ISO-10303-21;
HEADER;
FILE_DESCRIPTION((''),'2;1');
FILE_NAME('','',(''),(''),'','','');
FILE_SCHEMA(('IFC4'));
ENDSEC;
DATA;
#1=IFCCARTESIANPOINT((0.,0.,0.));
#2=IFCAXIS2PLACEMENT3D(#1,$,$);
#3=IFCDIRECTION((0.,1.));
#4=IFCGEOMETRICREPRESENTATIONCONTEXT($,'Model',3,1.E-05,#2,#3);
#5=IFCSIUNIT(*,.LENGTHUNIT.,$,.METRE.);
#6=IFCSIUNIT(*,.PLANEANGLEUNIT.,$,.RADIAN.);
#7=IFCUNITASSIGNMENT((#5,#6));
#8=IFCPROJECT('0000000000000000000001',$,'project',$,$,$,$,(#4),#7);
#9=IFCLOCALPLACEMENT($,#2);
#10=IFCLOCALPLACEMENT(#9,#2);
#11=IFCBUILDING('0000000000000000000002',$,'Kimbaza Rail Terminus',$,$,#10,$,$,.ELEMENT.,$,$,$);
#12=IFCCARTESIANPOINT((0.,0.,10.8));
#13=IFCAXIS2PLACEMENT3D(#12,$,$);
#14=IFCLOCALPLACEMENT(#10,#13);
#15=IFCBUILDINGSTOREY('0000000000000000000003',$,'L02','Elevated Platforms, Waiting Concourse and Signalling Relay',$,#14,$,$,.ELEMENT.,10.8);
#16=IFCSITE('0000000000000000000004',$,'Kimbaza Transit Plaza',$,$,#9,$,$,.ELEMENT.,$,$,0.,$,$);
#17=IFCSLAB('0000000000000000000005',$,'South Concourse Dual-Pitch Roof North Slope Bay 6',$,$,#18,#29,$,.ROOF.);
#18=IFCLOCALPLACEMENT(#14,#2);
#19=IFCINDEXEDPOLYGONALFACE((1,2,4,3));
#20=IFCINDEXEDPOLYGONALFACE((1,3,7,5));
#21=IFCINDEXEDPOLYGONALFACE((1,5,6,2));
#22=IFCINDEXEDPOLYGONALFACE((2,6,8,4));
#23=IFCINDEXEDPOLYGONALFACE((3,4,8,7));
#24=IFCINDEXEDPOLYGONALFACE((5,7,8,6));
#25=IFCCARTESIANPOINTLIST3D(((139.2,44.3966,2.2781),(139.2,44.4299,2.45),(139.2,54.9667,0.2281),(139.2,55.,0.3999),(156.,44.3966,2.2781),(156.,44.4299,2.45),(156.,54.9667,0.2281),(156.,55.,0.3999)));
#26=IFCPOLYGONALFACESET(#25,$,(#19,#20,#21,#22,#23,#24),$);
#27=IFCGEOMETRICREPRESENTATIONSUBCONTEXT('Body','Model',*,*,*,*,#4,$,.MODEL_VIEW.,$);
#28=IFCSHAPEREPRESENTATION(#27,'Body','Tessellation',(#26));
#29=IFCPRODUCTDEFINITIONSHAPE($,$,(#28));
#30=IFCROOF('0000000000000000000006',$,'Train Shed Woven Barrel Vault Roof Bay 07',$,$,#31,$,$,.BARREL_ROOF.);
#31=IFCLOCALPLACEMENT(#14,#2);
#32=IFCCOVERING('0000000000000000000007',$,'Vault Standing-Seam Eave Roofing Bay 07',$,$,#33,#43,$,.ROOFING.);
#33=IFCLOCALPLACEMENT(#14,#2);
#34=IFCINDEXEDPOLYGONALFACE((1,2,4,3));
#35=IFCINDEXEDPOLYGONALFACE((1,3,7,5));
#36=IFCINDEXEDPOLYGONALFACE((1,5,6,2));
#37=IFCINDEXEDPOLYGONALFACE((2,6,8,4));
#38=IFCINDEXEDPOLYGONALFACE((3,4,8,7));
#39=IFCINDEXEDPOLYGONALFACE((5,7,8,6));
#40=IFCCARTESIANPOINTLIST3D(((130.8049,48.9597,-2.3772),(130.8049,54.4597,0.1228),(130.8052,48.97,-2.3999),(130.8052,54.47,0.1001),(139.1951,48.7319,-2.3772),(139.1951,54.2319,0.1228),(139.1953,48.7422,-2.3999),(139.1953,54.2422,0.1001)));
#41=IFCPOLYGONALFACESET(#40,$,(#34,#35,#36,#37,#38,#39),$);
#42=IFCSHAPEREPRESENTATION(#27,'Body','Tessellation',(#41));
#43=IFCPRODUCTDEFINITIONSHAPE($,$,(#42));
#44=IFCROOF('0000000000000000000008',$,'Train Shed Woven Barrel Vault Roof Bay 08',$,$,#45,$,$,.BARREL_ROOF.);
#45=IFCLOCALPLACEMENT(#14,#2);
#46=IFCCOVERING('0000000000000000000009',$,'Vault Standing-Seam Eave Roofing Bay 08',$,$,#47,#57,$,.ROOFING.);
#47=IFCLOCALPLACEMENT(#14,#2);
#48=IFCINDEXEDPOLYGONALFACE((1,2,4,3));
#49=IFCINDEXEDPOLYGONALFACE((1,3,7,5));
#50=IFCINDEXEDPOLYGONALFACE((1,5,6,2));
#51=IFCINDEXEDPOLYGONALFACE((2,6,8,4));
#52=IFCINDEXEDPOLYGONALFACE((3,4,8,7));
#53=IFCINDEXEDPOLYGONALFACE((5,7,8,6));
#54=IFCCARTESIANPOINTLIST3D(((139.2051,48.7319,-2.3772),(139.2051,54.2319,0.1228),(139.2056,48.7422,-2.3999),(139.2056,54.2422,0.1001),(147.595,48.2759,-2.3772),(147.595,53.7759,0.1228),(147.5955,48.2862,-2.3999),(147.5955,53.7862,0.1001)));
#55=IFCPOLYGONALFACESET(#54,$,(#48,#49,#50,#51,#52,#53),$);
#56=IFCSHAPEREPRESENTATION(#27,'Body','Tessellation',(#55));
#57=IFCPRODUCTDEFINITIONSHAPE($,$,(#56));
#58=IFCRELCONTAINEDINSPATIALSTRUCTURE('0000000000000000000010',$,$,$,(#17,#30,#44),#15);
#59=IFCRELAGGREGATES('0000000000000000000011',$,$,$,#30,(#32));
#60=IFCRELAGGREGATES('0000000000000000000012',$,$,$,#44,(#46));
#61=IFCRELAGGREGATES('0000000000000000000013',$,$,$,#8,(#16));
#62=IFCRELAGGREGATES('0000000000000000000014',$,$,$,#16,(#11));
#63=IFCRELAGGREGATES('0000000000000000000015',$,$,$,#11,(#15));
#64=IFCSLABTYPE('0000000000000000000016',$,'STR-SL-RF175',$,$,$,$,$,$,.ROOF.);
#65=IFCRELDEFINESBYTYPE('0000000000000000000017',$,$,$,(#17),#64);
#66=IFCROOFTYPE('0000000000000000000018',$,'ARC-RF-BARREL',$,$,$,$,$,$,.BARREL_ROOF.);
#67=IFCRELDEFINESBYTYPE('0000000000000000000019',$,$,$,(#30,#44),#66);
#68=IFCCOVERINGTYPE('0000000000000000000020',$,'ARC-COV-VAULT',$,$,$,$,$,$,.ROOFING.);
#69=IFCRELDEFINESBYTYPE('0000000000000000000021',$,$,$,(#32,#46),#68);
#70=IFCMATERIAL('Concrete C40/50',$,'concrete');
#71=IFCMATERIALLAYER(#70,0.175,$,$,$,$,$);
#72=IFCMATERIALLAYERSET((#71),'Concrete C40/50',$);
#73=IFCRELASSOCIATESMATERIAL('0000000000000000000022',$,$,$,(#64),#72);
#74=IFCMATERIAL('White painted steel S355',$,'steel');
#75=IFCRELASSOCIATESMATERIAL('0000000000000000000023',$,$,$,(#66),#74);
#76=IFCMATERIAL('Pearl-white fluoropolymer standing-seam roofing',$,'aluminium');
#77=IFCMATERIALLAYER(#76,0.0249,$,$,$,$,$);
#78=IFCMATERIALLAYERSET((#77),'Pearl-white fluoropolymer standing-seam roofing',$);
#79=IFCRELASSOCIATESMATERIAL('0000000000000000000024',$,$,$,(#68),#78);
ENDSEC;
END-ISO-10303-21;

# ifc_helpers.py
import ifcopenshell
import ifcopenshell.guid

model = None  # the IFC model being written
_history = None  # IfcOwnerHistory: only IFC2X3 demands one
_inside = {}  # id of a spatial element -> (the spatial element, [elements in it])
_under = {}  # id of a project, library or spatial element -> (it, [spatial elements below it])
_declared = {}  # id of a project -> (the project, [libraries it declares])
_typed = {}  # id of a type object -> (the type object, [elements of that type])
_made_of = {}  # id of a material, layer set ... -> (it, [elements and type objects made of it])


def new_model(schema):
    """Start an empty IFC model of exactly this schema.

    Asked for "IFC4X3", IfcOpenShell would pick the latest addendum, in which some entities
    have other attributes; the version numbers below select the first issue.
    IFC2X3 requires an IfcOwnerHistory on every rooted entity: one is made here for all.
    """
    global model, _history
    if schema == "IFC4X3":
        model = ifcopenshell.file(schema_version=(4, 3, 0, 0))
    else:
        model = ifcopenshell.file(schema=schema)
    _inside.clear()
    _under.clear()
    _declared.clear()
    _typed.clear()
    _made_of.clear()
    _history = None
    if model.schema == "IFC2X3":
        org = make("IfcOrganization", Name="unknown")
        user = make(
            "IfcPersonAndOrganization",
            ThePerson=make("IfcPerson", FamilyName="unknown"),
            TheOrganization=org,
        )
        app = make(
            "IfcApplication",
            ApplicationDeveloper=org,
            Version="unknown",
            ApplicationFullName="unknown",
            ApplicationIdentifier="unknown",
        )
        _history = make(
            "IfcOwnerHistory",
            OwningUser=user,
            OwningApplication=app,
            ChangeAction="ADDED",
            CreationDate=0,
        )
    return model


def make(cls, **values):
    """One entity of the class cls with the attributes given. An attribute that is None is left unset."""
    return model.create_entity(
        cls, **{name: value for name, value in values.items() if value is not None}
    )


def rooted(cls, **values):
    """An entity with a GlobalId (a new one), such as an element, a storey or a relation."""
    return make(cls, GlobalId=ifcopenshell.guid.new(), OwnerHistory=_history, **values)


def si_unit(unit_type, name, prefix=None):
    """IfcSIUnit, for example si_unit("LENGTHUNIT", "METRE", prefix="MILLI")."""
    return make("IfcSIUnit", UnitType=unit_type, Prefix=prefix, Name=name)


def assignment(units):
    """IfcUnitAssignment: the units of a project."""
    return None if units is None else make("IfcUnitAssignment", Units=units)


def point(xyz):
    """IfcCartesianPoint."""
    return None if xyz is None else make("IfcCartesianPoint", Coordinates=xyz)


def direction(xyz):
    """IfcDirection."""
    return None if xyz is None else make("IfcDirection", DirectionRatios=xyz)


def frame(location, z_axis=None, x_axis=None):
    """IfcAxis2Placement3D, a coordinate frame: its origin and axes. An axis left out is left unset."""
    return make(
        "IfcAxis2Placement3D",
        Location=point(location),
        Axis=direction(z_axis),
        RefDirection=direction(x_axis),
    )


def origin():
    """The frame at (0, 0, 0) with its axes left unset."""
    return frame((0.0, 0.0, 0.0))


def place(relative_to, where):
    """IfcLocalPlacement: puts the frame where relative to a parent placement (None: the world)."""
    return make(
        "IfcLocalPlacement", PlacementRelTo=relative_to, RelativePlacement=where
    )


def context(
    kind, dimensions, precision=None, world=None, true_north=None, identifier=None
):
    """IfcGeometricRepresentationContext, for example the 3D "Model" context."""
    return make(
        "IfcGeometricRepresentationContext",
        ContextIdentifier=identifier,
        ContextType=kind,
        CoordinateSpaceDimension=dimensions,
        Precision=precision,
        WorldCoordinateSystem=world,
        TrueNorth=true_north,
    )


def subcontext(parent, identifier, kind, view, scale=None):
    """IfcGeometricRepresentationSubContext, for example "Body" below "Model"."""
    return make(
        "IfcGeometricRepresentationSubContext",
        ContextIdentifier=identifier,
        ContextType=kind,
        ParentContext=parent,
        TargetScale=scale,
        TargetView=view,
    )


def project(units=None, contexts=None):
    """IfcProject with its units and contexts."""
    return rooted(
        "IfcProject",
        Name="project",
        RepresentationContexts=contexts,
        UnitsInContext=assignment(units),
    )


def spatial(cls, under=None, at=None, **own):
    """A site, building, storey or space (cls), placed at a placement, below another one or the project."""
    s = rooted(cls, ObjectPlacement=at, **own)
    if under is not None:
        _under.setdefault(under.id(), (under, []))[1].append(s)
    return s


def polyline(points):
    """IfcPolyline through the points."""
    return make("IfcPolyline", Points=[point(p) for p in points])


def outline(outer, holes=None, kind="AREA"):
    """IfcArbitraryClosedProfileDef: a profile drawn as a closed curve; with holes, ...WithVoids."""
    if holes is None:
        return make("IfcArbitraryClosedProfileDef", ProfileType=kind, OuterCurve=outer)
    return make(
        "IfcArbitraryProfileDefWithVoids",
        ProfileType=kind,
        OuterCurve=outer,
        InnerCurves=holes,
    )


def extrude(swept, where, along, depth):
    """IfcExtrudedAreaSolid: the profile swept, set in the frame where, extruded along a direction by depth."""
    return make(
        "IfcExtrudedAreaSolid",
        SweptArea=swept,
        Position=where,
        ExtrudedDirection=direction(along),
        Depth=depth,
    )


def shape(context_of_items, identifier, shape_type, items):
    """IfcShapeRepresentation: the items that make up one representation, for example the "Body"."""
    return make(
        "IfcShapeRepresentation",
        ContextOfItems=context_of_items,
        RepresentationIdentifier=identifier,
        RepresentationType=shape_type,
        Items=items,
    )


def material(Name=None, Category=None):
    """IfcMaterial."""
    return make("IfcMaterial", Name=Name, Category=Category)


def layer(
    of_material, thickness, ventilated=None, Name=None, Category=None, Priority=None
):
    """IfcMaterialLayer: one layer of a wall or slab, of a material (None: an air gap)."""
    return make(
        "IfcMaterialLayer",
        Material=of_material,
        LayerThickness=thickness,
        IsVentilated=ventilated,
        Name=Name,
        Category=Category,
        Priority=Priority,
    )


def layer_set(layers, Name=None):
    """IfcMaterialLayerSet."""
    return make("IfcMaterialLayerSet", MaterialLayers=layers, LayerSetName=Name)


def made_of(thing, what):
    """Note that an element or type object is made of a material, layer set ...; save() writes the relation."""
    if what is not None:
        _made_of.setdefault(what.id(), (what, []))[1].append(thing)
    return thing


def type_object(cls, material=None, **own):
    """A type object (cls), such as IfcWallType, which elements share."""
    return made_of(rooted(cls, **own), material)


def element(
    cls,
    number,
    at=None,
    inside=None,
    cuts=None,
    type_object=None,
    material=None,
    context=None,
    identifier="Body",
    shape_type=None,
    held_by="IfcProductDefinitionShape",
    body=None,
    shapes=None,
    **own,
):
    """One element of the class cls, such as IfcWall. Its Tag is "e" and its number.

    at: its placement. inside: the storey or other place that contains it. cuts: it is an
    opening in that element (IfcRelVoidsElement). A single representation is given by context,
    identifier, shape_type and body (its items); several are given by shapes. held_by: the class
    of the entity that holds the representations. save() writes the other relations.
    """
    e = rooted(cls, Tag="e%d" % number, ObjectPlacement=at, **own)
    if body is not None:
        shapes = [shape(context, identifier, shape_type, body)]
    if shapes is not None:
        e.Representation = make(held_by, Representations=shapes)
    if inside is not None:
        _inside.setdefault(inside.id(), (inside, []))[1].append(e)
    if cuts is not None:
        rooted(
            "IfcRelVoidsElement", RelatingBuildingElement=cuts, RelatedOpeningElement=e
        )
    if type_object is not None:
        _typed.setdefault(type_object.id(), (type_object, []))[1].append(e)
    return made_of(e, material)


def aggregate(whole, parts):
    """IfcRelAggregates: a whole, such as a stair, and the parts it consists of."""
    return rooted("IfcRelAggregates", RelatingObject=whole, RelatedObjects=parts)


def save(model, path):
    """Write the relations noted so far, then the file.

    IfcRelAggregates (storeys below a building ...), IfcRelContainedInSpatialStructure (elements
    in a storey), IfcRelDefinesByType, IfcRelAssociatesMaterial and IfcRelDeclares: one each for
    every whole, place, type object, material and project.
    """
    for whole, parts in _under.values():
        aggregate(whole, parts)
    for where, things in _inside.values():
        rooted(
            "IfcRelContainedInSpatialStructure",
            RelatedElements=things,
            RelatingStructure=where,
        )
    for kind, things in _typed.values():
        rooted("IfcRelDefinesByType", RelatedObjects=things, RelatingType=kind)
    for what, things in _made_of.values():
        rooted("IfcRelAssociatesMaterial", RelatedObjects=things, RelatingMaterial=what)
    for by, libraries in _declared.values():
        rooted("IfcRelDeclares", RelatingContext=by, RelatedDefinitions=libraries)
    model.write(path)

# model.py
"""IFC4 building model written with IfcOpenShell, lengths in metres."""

from ifc_helpers import new_model, si_unit, direction, frame, origin, place, context, subcontext, project, spatial, polyline, outline, extrude, material, layer, layer_set, type_object, element, aggregate, save


model = new_model("IFC4")

# Units and contexts
model_context = context("Model", 3, precision=1e-05, world=origin(), true_north=direction((0.0, 1.0)))
body_context = subcontext(model_context, "Body", "Model", "MODEL_VIEW")
ifc_project = project(units=[si_unit("LENGTHUNIT", "METRE"), si_unit("PLANEANGLEUNIT", "RADIAN")], contexts=[model_context])

# Site, building, storey
site_placement = place(None, origin())
site = spatial("IfcSite", under=ifc_project, at=site_placement, Name="Kimbaza Transit Plaza", CompositionType="ELEMENT", RefElevation=0.0)
building_placement = place(site_placement, origin())
building = spatial("IfcBuilding", under=site, at=building_placement, Name="Kimbaza Rail Terminus", CompositionType="ELEMENT")
storey_placement = place(building_placement, frame((0.0, 0.0, 10.8)))
storey = spatial("IfcBuildingStorey", under=building, at=storey_placement, Name="L02", Description="Elevated Platforms, Waiting Concourse and Signalling Relay", CompositionType="ELEMENT", Elevation=10.8)

# Slab
ifc_material_1 = material(Name="Concrete C40/50", Category="concrete")
ifc_layer_1 = layer(ifc_material_1, 0.175)
ifc_layer_set_1 = layer_set([ifc_layer_1], Name="Concrete C40/50")
slab_type = type_object("IfcSlabType", Name="STR-SL-RF175", PredefinedType="ROOF", material=ifc_layer_set_1)
for number, where, z_axis, x_axis, name in (
    (1, (139.2, 44.4299, 2.45), (0.0, 0.1904, 0.981706), (1.0, 0.0, 0.0), "South Concourse Dual-Pitch Roof North Slope Bay 6"),
):
    element("IfcSlab", number, at=place(storey_placement, frame(where, z_axis=z_axis, x_axis=x_axis)), inside=storey, type_object=slab_type, Name=name, PredefinedType="ROOF", context=body_context, shape_type="SweptSolid", body=[
        extrude(outline(polyline([(0.0, 0.0), (16.8, 0.0), (16.8, 10.767), (0.0, 10.767), (0.0, 0.0)])), origin(), (0.0, 0.0, -1.0), 0.175),
    ])

# Roofs, coverings
ifc_material_2 = material(Name="White painted steel S355", Category="steel")
roof_type = type_object("IfcRoofType", Name="ARC-RF-BARREL", PredefinedType="BARREL_ROOF", material=ifc_material_2)
roof_1_placement = place(storey_placement, origin())
roof_1 = element("IfcRoof", 2, at=roof_1_placement, inside=storey, type_object=roof_type, Name="Train Shed Woven Barrel Vault Roof Bay 07", PredefinedType="BARREL_ROOF")
ifc_material_3 = material(Name="Pearl-white fluoropolymer standing-seam roofing", Category="aluminium")
ifc_layer_2 = layer(ifc_material_3, 0.0249)
ifc_layer_set_2 = layer_set([ifc_layer_2], Name="Pearl-white fluoropolymer standing-seam roofing")
covering_type = type_object("IfcCoveringType", Name="ARC-COV-VAULT", PredefinedType="ROOFING", material=ifc_layer_set_2)
covering_1_placement = place(storey_placement, frame((130.8049, 48.9597, -2.3772), z_axis=(-0.011234, -0.413777, 0.910309), x_axis=(0.999632, -0.027139, 0.0)))
covering_1 = element("IfcCovering", 3, at=covering_1_placement, type_object=covering_type, Name="Vault Standing-Seam Eave Roofing Bay 07", PredefinedType="ROOFING", context=body_context, shape_type="SweptSolid", body=[
    extrude(outline(polyline([(0.0, 0.0), (8.3932, 0.0), (8.244, 6.0397), (-0.1493, 6.0397), (0.0, 0.0)])), origin(), (0.0, 0.0, -1.0), 0.0249),
])
aggregate(roof_1, [covering_1])
roof_2_placement = place(storey_placement, origin())
roof_2 = element("IfcRoof", 4, at=roof_2_placement, inside=storey, type_object=roof_type, Name="Train Shed Woven Barrel Vault Roof Bay 08", PredefinedType="BARREL_ROOF")
covering_2_placement = place(storey_placement, frame((139.2051, 48.7319, -2.3772), z_axis=(-0.022488, -0.413698, 0.910136), x_axis=(0.998526, -0.054278, 0.0)))
covering_2 = element("IfcCovering", 5, at=covering_2_placement, type_object=covering_type, Name="Vault Standing-Seam Eave Roofing Bay 08", PredefinedType="ROOFING", context=body_context, shape_type="SweptSolid", body=[
    extrude(outline(polyline([(0.0, 0.0), (8.4023, 0.0), (8.1038, 6.0341), (-0.2985, 6.0341), (0.0, 0.0)])), origin(), (0.0, 0.0, -1.0), 0.0249),
])
aggregate(roof_2, [covering_2])

save(model, "model.ifc")
